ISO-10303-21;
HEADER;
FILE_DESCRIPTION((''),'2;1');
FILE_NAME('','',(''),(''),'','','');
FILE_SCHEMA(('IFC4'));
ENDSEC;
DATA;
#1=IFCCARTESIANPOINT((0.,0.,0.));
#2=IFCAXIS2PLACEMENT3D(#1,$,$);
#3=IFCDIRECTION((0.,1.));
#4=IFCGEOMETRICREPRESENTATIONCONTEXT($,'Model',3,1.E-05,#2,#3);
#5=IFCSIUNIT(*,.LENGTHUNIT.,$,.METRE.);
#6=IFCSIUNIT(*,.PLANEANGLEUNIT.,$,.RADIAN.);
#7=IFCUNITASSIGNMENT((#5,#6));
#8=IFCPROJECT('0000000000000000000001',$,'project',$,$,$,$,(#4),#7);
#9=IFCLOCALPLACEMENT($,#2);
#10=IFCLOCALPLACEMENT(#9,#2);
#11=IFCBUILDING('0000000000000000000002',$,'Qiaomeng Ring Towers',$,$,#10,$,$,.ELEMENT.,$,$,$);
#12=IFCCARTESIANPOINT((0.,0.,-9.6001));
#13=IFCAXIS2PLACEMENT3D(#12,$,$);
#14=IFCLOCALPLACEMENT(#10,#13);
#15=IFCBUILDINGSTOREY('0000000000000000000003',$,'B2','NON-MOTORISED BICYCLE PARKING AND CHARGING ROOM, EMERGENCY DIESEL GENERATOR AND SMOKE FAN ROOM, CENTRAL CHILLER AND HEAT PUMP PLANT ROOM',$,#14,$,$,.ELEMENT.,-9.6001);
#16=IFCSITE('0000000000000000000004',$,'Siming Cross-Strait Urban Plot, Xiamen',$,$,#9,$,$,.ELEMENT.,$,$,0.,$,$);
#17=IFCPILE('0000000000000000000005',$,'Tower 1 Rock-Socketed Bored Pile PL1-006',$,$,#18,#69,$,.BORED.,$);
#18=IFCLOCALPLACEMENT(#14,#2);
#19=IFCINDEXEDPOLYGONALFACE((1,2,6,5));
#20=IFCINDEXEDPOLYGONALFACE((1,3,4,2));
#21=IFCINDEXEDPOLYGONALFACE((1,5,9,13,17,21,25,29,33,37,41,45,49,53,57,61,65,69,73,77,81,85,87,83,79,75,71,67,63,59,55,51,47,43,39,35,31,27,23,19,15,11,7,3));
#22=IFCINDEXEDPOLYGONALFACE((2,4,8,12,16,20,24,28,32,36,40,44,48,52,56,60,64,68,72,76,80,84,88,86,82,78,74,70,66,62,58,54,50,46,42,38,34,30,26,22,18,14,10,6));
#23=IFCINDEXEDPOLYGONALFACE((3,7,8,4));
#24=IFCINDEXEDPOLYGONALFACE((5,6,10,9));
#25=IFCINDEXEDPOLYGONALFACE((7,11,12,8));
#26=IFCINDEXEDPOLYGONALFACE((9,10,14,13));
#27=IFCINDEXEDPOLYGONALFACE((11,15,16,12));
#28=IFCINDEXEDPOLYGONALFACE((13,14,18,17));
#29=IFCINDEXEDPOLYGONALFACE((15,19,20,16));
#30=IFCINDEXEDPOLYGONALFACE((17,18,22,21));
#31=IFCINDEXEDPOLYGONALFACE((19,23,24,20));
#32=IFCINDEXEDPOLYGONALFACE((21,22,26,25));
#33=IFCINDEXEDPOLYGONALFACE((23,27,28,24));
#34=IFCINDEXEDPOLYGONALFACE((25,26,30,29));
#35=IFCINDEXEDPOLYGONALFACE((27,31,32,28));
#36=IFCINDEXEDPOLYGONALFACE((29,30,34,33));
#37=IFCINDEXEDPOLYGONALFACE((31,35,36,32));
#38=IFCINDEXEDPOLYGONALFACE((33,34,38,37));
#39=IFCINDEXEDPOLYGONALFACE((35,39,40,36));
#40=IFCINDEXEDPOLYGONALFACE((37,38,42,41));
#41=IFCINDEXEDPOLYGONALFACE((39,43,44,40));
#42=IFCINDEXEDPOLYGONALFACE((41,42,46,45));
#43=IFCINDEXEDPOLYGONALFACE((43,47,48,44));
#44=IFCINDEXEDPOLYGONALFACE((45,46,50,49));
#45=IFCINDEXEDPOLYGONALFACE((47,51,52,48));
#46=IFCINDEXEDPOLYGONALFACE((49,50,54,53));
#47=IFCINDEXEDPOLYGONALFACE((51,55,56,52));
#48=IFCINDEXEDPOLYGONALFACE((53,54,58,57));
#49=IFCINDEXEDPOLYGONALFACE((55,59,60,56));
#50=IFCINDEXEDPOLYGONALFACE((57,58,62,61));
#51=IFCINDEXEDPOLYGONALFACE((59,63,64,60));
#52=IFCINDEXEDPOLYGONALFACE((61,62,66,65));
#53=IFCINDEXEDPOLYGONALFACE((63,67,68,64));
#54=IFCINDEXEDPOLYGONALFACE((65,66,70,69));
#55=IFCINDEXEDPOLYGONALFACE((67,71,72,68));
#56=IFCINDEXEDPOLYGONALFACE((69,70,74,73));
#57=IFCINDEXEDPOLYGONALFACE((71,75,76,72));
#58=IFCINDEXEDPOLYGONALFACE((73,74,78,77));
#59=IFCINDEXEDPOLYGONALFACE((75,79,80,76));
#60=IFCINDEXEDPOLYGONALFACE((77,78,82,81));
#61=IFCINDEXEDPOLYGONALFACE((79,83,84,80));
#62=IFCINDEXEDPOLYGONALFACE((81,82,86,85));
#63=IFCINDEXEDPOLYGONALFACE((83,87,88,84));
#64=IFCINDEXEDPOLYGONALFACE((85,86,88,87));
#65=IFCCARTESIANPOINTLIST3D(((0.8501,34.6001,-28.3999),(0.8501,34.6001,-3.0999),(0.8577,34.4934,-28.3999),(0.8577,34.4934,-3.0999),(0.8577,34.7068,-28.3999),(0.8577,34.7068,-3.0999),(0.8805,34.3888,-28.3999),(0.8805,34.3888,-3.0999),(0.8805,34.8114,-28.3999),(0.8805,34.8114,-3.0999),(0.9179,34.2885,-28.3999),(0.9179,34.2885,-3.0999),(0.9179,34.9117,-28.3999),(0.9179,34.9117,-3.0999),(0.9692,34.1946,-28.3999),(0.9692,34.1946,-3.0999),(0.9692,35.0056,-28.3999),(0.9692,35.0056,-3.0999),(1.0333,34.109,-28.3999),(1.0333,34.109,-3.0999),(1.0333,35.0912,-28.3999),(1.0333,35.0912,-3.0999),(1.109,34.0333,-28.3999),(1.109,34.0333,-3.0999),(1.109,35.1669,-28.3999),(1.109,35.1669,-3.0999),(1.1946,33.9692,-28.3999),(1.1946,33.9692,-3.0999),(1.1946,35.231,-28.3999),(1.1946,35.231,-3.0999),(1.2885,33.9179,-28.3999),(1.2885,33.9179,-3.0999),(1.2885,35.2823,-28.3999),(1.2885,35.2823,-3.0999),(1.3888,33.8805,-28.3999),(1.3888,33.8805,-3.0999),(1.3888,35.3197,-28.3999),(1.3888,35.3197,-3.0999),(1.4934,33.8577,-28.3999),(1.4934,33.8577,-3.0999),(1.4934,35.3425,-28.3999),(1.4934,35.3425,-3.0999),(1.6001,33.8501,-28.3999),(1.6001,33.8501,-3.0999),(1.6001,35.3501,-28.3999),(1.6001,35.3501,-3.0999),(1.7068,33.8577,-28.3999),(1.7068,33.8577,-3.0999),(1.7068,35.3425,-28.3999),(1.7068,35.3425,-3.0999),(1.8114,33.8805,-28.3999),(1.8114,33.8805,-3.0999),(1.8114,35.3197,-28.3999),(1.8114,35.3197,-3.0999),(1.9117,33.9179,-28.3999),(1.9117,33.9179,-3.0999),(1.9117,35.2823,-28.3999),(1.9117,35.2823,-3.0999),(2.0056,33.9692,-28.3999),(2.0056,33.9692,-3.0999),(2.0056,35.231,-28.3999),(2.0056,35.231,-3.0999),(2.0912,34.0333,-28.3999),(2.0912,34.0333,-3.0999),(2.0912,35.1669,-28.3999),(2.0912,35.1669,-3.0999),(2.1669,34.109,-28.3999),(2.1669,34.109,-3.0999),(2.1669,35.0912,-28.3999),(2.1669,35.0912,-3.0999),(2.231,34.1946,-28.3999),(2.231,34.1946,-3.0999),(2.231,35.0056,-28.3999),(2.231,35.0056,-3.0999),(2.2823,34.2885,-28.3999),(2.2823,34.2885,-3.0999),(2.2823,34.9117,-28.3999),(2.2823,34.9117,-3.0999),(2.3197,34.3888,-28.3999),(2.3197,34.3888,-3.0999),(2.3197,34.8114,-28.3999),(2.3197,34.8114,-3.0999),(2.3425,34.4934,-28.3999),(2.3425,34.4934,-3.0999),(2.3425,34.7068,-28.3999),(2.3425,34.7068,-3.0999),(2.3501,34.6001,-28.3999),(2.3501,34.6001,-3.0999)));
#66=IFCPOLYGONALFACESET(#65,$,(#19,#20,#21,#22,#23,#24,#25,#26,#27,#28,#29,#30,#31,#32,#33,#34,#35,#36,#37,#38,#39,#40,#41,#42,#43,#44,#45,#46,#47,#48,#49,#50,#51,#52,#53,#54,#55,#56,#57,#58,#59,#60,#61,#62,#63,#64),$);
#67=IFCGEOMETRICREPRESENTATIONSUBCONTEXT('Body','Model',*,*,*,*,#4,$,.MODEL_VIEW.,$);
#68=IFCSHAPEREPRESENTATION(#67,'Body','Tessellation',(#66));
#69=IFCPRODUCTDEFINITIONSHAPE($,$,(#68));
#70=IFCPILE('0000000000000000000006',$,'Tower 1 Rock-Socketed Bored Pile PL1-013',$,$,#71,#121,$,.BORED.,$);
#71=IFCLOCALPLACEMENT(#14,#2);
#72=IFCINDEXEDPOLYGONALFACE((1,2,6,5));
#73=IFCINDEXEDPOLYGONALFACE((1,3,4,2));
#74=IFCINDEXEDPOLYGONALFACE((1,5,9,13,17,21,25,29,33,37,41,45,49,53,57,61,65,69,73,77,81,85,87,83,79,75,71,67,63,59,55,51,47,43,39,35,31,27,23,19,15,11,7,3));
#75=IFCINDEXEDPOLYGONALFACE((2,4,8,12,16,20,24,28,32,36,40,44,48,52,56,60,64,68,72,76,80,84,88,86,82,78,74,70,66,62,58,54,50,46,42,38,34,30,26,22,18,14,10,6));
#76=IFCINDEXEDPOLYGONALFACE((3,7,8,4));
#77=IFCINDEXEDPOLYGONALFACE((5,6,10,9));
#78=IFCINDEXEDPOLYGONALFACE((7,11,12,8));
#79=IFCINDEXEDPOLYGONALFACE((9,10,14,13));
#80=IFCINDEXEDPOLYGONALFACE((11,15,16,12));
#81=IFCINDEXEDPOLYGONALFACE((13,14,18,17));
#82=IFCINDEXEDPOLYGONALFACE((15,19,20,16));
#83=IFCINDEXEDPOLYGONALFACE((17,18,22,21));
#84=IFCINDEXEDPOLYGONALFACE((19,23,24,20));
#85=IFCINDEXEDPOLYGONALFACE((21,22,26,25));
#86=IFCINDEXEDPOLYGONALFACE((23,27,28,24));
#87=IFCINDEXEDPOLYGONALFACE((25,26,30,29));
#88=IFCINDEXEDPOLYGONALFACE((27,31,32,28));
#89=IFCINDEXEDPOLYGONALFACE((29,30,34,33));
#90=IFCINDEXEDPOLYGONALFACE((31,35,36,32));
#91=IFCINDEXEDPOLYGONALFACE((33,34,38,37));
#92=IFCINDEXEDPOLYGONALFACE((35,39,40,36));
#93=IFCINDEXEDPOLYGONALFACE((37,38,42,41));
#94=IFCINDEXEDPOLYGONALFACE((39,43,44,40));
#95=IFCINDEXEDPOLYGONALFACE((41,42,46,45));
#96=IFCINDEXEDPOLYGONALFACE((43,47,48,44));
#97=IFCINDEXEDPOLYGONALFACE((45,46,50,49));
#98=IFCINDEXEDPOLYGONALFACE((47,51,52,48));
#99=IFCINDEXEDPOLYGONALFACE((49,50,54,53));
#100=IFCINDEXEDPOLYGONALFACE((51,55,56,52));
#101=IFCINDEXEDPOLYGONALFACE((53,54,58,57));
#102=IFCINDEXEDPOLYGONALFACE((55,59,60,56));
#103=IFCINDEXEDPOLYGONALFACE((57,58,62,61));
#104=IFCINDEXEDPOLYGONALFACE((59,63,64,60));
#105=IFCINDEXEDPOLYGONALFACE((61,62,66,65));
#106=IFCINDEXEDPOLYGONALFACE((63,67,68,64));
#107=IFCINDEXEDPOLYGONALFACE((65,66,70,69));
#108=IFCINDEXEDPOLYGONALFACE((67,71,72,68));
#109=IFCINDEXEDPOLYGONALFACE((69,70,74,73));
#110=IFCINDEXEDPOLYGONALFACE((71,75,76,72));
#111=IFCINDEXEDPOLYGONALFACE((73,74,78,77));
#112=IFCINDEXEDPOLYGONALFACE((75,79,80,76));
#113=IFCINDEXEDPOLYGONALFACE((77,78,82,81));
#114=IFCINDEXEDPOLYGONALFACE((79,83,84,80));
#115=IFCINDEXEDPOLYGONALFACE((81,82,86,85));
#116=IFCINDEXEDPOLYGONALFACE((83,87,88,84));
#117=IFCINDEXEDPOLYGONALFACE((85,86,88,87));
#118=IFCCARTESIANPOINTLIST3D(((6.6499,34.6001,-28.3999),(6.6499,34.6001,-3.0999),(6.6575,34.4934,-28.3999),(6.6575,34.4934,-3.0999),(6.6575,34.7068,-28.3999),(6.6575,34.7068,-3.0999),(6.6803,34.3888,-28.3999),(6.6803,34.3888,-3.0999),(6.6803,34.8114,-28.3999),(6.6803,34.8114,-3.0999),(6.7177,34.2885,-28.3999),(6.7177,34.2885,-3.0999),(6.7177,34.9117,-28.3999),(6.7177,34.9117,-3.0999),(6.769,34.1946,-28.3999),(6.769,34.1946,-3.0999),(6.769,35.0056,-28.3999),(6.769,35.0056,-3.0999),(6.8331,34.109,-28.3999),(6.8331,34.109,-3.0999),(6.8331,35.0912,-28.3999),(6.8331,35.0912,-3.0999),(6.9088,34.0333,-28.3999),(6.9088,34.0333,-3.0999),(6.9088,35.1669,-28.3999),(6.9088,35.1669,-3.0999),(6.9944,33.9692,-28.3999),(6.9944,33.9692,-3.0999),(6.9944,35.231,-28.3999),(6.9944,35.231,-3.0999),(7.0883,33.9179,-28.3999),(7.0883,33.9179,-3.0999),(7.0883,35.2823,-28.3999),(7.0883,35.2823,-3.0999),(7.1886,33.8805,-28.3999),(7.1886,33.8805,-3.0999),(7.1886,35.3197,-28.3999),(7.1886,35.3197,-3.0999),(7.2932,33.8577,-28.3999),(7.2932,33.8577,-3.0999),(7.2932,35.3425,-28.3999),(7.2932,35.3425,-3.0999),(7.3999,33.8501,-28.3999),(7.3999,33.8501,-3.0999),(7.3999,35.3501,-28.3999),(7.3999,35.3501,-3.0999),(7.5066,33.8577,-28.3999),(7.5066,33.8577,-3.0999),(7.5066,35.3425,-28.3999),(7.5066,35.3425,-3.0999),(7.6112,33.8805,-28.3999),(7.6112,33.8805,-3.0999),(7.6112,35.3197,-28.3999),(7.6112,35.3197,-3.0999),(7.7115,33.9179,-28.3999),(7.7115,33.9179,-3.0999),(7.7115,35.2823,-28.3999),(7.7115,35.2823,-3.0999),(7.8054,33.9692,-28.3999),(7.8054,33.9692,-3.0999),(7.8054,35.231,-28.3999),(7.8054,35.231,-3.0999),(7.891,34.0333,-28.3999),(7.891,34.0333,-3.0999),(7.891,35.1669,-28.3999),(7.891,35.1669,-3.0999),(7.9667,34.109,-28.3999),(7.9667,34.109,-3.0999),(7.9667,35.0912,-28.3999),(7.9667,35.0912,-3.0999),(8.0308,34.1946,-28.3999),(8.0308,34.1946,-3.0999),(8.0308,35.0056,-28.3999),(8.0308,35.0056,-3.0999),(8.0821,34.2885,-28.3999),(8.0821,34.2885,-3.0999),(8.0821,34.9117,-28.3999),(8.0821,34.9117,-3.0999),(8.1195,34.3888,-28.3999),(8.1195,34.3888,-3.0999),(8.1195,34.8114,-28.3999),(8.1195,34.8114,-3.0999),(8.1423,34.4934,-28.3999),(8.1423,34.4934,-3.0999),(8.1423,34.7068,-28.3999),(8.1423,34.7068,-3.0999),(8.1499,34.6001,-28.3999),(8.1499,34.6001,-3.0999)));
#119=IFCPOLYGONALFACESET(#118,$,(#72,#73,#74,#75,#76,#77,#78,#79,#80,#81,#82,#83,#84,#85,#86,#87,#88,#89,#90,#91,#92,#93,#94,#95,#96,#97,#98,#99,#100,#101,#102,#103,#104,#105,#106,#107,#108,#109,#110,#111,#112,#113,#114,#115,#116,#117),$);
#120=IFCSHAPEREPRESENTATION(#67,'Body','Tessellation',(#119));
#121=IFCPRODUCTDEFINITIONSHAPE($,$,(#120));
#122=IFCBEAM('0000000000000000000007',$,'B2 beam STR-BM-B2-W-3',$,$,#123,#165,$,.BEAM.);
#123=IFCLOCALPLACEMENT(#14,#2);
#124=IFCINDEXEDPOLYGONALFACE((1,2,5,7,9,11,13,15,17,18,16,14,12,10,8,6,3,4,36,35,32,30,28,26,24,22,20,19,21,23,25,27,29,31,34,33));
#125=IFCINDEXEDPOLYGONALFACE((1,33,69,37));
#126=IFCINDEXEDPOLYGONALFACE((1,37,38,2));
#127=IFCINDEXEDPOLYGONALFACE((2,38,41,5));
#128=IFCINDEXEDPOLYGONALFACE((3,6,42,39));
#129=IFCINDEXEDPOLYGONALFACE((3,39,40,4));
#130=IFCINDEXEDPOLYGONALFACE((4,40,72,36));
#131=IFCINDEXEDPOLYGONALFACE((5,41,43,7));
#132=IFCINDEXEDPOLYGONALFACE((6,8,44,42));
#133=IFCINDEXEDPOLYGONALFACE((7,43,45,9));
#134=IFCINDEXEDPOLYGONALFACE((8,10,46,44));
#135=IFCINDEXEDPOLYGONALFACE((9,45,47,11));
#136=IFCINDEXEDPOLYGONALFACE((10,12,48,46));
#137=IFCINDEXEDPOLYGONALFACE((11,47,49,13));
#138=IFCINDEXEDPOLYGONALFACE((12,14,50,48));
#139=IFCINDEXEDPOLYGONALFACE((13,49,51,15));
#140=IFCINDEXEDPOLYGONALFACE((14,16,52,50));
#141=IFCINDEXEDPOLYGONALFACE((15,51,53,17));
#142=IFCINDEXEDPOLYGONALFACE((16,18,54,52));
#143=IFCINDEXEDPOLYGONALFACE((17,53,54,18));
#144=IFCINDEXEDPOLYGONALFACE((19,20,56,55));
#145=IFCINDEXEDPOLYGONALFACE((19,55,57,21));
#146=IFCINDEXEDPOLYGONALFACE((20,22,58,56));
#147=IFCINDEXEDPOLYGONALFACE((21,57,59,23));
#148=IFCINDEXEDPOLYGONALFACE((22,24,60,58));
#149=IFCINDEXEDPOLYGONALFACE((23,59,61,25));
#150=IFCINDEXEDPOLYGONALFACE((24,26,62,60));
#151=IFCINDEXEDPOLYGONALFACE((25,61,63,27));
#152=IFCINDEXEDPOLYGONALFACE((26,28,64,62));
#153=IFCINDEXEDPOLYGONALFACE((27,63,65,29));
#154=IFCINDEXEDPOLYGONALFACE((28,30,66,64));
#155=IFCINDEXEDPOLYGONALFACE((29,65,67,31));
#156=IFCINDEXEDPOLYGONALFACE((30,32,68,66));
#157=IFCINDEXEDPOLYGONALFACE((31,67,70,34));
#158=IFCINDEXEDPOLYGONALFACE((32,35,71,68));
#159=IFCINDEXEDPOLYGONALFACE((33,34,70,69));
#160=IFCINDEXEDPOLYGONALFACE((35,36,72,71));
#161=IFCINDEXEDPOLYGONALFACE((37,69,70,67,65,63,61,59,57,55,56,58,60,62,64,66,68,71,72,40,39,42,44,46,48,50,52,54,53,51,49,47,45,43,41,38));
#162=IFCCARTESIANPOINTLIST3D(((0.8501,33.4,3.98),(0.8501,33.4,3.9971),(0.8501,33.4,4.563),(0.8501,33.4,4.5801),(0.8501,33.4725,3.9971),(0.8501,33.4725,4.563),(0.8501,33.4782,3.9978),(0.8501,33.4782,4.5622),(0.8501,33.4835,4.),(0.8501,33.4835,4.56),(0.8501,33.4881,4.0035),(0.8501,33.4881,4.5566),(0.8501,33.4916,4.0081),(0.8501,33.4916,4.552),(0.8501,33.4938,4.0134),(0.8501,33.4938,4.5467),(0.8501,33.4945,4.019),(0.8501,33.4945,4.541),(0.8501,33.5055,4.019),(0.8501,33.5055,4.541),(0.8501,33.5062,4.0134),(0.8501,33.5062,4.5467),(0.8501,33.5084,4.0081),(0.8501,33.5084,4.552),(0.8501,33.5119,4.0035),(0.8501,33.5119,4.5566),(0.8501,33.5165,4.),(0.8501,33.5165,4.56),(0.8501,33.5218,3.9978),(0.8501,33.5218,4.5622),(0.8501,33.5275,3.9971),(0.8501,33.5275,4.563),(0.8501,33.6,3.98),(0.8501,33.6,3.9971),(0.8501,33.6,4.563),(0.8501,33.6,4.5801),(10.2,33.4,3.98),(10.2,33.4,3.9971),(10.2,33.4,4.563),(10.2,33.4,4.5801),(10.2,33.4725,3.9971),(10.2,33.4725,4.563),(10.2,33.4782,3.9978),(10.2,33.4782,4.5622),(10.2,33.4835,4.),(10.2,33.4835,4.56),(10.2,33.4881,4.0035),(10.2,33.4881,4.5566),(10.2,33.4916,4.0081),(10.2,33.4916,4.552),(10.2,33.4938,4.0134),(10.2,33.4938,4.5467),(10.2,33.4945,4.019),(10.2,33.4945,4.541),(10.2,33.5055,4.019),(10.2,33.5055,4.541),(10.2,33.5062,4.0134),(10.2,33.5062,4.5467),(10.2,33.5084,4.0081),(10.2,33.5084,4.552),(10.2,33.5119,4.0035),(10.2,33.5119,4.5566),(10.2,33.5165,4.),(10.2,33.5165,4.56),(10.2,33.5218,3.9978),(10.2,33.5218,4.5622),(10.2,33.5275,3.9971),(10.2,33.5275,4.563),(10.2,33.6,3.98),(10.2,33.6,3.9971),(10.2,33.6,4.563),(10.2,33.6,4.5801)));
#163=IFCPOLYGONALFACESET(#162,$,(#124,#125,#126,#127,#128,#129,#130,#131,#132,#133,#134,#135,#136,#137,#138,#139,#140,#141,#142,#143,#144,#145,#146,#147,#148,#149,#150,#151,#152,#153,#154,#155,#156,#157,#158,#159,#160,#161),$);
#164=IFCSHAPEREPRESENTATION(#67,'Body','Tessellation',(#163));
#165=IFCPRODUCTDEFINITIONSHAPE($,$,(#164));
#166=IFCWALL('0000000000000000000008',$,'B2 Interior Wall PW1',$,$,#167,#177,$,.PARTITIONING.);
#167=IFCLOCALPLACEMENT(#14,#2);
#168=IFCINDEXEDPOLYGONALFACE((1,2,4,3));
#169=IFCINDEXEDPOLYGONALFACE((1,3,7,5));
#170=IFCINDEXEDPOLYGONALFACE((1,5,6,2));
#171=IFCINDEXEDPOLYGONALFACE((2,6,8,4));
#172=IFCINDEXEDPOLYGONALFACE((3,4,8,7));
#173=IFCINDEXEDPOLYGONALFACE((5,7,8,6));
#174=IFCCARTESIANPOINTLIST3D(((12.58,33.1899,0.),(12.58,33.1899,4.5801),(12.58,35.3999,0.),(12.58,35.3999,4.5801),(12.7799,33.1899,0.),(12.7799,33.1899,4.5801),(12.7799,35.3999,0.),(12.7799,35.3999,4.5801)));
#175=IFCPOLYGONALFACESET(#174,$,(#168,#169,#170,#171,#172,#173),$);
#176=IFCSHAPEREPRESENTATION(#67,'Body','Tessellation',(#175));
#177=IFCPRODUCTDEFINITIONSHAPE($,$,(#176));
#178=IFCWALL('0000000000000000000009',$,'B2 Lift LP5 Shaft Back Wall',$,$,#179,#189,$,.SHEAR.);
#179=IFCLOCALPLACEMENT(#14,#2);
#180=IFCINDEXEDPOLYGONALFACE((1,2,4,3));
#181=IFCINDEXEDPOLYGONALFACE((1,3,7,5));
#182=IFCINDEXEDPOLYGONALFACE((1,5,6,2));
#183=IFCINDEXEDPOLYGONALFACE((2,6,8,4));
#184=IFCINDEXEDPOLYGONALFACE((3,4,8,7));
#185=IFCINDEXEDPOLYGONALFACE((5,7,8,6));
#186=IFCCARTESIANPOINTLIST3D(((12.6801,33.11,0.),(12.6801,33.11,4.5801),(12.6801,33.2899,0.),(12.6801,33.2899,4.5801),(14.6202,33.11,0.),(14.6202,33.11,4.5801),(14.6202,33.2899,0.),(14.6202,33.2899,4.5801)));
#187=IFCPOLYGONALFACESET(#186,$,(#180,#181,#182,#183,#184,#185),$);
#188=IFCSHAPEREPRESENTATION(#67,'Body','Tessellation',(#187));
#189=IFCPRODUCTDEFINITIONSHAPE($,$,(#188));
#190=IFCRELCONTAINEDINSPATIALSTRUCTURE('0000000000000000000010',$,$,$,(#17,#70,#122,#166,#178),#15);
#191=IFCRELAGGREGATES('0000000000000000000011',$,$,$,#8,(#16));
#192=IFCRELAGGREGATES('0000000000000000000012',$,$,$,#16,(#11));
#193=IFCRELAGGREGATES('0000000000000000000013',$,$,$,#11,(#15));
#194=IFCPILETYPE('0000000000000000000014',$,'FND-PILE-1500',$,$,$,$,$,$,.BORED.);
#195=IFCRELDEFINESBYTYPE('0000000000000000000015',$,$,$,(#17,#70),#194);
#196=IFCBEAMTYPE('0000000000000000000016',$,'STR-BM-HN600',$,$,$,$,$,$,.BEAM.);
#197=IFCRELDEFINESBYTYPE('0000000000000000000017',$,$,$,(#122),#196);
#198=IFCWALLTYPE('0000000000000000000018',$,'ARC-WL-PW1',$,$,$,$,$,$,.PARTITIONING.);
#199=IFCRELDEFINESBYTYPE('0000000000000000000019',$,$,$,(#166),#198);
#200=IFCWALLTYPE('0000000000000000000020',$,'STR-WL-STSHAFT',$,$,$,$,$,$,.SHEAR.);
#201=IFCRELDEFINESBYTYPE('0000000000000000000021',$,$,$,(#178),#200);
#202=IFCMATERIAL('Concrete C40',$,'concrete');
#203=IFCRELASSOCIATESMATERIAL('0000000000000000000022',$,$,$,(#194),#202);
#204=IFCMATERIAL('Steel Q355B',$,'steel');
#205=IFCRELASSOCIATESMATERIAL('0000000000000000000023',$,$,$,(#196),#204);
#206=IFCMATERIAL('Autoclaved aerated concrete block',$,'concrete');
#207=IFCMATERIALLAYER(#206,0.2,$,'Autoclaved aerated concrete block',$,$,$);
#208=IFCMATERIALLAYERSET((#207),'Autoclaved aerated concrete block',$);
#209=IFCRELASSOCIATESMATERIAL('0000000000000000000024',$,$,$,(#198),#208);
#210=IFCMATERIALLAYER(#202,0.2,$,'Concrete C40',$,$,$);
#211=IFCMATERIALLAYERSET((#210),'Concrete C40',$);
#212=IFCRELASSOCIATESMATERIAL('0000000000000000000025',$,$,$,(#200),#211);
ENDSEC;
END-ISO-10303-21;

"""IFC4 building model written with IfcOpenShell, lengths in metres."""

from ifc_helpers import new_model, si_unit, direction, frame, frame_2d, origin, origin_2d, place, context, subcontext, project, spatial, rectangle, circle, i_section, extrude, source, transform, mapped, material, layer, layer_set, material_profile, profile_set, type_object, element, save


model = new_model("IFC4")

# Units and contexts
model_context = context("Model", 3, precision=1e-05, world=origin(), true_north=direction((0.0, 1.0)))
body_context = subcontext(model_context, "Body", "Model", "MODEL_VIEW")
ifc_project = project(units=[si_unit("LENGTHUNIT", "METRE"), si_unit("PLANEANGLEUNIT", "RADIAN")], contexts=[model_context])

# Site, building, storey
site_placement = place(None, origin())
site = spatial("IfcSite", under=ifc_project, at=site_placement, Name="Siming Cross-Strait Urban Plot, Xiamen", CompositionType="ELEMENT", RefElevation=0.0)
building_placement = place(site_placement, origin())
building = spatial("IfcBuilding", under=site, at=building_placement, Name="Qiaomeng Ring Towers", CompositionType="ELEMENT")
storey_placement = place(building_placement, frame((0.0, 0.0, -9.6001)))
storey = spatial("IfcBuildingStorey", under=building, at=storey_placement, Name="B2", Description="NON-MOTORISED BICYCLE PARKING AND CHARGING ROOM, EMERGENCY DIESEL GENERATOR AND SMOKE FAN ROOM, CENTRAL CHILLER AND HEAT PUMP PLANT ROOM", CompositionType="ELEMENT", Elevation=-9.6001)

# Piles
ifc_material_1 = material(Name="Concrete C40", Category="concrete")
ifc_material_profile_1 = material_profile(ifc_material_1, circle(Radius=0.75, at=origin_2d()), Name="BORED PILE 1500")
ifc_profile_set_1 = profile_set([ifc_material_profile_1], Name="Concrete C40")
pile_type = type_object("IfcPileType", Name="FND-PILE-1500", PredefinedType="BORED", material=ifc_profile_set_1)
shared_shape_1 = source(origin(), body_context, "Body", "SweptSolid", [
    extrude(circle(Radius=0.75, at=origin_2d()), origin(), (0.0, 0.0, 1.0), 25.3),
])
for number, where, z_axis, x_axis, name in (
    (1, (1.6001, 34.6001, -3.0999), (0.0, 0.0, -1.0), (1.0, 0.0, 0.0), "Tower 1 Rock-Socketed Bored Pile PL1-006"),
    (2, (7.3999, 34.6001, -3.0999), (0.0, 0.0, -1.0), (1.0, 0.0, 0.0), "Tower 1 Rock-Socketed Bored Pile PL1-013"),
):
    element("IfcPile", number, at=place(storey_placement, frame(where, z_axis=z_axis, x_axis=x_axis)), inside=storey, type_object=pile_type, Name=name, PredefinedType="BORED", context=body_context, shape_type="MappedRepresentation", body=[
        mapped(shared_shape_1, transform((0.0, 0.0, 0.0), x_axis=(1.0, 0.0, 0.0), y_axis=(0.0, 1.0, 0.0), z_axis=(0.0, 0.0, 1.0), scale=1.0)),
    ])

# Beam
ifc_material_2 = material(Name="Steel Q355B", Category="steel")
ifc_material_profile_2 = material_profile(ifc_material_2, i_section(OverallWidth=0.2, OverallDepth=0.6001, WebThickness=0.011, FlangeThickness=0.0171, FilletRadius=0.022, at=origin_2d()), Name="HN 600x200x11x17")
ifc_profile_set_2 = profile_set([ifc_material_profile_2], Name="Steel Q355B")
beam_type = type_object("IfcBeamType", Name="STR-BM-HN600", PredefinedType="BEAM", material=ifc_profile_set_2)
shared_shape_2 = source(origin(), body_context, "Body", "SweptSolid", [
    extrude(i_section(OverallWidth=0.2, OverallDepth=0.6001, WebThickness=0.011, FlangeThickness=0.0171, FilletRadius=0.022, at=origin_2d()), origin(), (0.0, 0.0, 1.0), 9.3499),
])
beam_placement = place(storey_placement, frame((0.8501, 33.5, 4.28), z_axis=(1.0, 0.0, 0.0), x_axis=(0.0, 1.0, 0.0)))
element("IfcBeam", 3, at=beam_placement, inside=storey, type_object=beam_type, Name="B2 beam STR-BM-B2-W-3", PredefinedType="BEAM", context=body_context, shape_type="MappedRepresentation", body=[
    mapped(shared_shape_2, transform((0.0, 0.0, 0.0), x_axis=(1.0, 0.0, 0.0), y_axis=(0.0, 1.0, 0.0), z_axis=(0.0, 0.0, 1.0), scale=1.0)),
])

# Walls
ifc_material_3 = material(Name="Autoclaved aerated concrete block", Category="concrete")
ifc_layer_1 = layer(ifc_material_3, 0.2, Name="Autoclaved aerated concrete block")
ifc_layer_set_1 = layer_set([ifc_layer_1], Name="Autoclaved aerated concrete block")
wall_type_1 = type_object("IfcWallType", Name="ARC-WL-PW1", PredefinedType="PARTITIONING", material=ifc_layer_set_1)
wall_1_placement = place(storey_placement, frame((12.6799, 33.1899, 0.0), z_axis=(0.0, 0.0, 1.0), x_axis=(0.0, 1.0, 0.0)))
element("IfcWall", 4, at=wall_1_placement, inside=storey, type_object=wall_type_1, Name="B2 Interior Wall PW1", PredefinedType="PARTITIONING", context=body_context, shape_type="SweptSolid", body=[
    extrude(rectangle(XDim=2.21, YDim=0.2, at=frame_2d((1.105, 0.0))), origin(), (0.0, 0.0, 1.0), 4.5801),
])
ifc_layer_2 = layer(ifc_material_1, 0.2, Name="Concrete C40")
ifc_layer_set_2 = layer_set([ifc_layer_2], Name="Concrete C40")
wall_type_2 = type_object("IfcWallType", Name="STR-WL-STSHAFT", PredefinedType="SHEAR", material=ifc_layer_set_2)
wall_2_placement = place(storey_placement, frame((12.6799, 33.2, 0.0), z_axis=(0.0, 0.0, 1.0), x_axis=(1.0, 0.0, 0.0)))
element("IfcWall", 5, at=wall_2_placement, inside=storey, type_object=wall_type_2, Name="B2 Lift LP5 Shaft Back Wall", PredefinedType="SHEAR", context=body_context, shape_type="SweptSolid", body=[
    extrude(rectangle(XDim=1.9402, YDim=0.1799, at=frame_2d((0.9702, 0.0))), origin(), (0.0, 0.0, 1.0), 4.5801),
])

save(model, "model.ifc")
